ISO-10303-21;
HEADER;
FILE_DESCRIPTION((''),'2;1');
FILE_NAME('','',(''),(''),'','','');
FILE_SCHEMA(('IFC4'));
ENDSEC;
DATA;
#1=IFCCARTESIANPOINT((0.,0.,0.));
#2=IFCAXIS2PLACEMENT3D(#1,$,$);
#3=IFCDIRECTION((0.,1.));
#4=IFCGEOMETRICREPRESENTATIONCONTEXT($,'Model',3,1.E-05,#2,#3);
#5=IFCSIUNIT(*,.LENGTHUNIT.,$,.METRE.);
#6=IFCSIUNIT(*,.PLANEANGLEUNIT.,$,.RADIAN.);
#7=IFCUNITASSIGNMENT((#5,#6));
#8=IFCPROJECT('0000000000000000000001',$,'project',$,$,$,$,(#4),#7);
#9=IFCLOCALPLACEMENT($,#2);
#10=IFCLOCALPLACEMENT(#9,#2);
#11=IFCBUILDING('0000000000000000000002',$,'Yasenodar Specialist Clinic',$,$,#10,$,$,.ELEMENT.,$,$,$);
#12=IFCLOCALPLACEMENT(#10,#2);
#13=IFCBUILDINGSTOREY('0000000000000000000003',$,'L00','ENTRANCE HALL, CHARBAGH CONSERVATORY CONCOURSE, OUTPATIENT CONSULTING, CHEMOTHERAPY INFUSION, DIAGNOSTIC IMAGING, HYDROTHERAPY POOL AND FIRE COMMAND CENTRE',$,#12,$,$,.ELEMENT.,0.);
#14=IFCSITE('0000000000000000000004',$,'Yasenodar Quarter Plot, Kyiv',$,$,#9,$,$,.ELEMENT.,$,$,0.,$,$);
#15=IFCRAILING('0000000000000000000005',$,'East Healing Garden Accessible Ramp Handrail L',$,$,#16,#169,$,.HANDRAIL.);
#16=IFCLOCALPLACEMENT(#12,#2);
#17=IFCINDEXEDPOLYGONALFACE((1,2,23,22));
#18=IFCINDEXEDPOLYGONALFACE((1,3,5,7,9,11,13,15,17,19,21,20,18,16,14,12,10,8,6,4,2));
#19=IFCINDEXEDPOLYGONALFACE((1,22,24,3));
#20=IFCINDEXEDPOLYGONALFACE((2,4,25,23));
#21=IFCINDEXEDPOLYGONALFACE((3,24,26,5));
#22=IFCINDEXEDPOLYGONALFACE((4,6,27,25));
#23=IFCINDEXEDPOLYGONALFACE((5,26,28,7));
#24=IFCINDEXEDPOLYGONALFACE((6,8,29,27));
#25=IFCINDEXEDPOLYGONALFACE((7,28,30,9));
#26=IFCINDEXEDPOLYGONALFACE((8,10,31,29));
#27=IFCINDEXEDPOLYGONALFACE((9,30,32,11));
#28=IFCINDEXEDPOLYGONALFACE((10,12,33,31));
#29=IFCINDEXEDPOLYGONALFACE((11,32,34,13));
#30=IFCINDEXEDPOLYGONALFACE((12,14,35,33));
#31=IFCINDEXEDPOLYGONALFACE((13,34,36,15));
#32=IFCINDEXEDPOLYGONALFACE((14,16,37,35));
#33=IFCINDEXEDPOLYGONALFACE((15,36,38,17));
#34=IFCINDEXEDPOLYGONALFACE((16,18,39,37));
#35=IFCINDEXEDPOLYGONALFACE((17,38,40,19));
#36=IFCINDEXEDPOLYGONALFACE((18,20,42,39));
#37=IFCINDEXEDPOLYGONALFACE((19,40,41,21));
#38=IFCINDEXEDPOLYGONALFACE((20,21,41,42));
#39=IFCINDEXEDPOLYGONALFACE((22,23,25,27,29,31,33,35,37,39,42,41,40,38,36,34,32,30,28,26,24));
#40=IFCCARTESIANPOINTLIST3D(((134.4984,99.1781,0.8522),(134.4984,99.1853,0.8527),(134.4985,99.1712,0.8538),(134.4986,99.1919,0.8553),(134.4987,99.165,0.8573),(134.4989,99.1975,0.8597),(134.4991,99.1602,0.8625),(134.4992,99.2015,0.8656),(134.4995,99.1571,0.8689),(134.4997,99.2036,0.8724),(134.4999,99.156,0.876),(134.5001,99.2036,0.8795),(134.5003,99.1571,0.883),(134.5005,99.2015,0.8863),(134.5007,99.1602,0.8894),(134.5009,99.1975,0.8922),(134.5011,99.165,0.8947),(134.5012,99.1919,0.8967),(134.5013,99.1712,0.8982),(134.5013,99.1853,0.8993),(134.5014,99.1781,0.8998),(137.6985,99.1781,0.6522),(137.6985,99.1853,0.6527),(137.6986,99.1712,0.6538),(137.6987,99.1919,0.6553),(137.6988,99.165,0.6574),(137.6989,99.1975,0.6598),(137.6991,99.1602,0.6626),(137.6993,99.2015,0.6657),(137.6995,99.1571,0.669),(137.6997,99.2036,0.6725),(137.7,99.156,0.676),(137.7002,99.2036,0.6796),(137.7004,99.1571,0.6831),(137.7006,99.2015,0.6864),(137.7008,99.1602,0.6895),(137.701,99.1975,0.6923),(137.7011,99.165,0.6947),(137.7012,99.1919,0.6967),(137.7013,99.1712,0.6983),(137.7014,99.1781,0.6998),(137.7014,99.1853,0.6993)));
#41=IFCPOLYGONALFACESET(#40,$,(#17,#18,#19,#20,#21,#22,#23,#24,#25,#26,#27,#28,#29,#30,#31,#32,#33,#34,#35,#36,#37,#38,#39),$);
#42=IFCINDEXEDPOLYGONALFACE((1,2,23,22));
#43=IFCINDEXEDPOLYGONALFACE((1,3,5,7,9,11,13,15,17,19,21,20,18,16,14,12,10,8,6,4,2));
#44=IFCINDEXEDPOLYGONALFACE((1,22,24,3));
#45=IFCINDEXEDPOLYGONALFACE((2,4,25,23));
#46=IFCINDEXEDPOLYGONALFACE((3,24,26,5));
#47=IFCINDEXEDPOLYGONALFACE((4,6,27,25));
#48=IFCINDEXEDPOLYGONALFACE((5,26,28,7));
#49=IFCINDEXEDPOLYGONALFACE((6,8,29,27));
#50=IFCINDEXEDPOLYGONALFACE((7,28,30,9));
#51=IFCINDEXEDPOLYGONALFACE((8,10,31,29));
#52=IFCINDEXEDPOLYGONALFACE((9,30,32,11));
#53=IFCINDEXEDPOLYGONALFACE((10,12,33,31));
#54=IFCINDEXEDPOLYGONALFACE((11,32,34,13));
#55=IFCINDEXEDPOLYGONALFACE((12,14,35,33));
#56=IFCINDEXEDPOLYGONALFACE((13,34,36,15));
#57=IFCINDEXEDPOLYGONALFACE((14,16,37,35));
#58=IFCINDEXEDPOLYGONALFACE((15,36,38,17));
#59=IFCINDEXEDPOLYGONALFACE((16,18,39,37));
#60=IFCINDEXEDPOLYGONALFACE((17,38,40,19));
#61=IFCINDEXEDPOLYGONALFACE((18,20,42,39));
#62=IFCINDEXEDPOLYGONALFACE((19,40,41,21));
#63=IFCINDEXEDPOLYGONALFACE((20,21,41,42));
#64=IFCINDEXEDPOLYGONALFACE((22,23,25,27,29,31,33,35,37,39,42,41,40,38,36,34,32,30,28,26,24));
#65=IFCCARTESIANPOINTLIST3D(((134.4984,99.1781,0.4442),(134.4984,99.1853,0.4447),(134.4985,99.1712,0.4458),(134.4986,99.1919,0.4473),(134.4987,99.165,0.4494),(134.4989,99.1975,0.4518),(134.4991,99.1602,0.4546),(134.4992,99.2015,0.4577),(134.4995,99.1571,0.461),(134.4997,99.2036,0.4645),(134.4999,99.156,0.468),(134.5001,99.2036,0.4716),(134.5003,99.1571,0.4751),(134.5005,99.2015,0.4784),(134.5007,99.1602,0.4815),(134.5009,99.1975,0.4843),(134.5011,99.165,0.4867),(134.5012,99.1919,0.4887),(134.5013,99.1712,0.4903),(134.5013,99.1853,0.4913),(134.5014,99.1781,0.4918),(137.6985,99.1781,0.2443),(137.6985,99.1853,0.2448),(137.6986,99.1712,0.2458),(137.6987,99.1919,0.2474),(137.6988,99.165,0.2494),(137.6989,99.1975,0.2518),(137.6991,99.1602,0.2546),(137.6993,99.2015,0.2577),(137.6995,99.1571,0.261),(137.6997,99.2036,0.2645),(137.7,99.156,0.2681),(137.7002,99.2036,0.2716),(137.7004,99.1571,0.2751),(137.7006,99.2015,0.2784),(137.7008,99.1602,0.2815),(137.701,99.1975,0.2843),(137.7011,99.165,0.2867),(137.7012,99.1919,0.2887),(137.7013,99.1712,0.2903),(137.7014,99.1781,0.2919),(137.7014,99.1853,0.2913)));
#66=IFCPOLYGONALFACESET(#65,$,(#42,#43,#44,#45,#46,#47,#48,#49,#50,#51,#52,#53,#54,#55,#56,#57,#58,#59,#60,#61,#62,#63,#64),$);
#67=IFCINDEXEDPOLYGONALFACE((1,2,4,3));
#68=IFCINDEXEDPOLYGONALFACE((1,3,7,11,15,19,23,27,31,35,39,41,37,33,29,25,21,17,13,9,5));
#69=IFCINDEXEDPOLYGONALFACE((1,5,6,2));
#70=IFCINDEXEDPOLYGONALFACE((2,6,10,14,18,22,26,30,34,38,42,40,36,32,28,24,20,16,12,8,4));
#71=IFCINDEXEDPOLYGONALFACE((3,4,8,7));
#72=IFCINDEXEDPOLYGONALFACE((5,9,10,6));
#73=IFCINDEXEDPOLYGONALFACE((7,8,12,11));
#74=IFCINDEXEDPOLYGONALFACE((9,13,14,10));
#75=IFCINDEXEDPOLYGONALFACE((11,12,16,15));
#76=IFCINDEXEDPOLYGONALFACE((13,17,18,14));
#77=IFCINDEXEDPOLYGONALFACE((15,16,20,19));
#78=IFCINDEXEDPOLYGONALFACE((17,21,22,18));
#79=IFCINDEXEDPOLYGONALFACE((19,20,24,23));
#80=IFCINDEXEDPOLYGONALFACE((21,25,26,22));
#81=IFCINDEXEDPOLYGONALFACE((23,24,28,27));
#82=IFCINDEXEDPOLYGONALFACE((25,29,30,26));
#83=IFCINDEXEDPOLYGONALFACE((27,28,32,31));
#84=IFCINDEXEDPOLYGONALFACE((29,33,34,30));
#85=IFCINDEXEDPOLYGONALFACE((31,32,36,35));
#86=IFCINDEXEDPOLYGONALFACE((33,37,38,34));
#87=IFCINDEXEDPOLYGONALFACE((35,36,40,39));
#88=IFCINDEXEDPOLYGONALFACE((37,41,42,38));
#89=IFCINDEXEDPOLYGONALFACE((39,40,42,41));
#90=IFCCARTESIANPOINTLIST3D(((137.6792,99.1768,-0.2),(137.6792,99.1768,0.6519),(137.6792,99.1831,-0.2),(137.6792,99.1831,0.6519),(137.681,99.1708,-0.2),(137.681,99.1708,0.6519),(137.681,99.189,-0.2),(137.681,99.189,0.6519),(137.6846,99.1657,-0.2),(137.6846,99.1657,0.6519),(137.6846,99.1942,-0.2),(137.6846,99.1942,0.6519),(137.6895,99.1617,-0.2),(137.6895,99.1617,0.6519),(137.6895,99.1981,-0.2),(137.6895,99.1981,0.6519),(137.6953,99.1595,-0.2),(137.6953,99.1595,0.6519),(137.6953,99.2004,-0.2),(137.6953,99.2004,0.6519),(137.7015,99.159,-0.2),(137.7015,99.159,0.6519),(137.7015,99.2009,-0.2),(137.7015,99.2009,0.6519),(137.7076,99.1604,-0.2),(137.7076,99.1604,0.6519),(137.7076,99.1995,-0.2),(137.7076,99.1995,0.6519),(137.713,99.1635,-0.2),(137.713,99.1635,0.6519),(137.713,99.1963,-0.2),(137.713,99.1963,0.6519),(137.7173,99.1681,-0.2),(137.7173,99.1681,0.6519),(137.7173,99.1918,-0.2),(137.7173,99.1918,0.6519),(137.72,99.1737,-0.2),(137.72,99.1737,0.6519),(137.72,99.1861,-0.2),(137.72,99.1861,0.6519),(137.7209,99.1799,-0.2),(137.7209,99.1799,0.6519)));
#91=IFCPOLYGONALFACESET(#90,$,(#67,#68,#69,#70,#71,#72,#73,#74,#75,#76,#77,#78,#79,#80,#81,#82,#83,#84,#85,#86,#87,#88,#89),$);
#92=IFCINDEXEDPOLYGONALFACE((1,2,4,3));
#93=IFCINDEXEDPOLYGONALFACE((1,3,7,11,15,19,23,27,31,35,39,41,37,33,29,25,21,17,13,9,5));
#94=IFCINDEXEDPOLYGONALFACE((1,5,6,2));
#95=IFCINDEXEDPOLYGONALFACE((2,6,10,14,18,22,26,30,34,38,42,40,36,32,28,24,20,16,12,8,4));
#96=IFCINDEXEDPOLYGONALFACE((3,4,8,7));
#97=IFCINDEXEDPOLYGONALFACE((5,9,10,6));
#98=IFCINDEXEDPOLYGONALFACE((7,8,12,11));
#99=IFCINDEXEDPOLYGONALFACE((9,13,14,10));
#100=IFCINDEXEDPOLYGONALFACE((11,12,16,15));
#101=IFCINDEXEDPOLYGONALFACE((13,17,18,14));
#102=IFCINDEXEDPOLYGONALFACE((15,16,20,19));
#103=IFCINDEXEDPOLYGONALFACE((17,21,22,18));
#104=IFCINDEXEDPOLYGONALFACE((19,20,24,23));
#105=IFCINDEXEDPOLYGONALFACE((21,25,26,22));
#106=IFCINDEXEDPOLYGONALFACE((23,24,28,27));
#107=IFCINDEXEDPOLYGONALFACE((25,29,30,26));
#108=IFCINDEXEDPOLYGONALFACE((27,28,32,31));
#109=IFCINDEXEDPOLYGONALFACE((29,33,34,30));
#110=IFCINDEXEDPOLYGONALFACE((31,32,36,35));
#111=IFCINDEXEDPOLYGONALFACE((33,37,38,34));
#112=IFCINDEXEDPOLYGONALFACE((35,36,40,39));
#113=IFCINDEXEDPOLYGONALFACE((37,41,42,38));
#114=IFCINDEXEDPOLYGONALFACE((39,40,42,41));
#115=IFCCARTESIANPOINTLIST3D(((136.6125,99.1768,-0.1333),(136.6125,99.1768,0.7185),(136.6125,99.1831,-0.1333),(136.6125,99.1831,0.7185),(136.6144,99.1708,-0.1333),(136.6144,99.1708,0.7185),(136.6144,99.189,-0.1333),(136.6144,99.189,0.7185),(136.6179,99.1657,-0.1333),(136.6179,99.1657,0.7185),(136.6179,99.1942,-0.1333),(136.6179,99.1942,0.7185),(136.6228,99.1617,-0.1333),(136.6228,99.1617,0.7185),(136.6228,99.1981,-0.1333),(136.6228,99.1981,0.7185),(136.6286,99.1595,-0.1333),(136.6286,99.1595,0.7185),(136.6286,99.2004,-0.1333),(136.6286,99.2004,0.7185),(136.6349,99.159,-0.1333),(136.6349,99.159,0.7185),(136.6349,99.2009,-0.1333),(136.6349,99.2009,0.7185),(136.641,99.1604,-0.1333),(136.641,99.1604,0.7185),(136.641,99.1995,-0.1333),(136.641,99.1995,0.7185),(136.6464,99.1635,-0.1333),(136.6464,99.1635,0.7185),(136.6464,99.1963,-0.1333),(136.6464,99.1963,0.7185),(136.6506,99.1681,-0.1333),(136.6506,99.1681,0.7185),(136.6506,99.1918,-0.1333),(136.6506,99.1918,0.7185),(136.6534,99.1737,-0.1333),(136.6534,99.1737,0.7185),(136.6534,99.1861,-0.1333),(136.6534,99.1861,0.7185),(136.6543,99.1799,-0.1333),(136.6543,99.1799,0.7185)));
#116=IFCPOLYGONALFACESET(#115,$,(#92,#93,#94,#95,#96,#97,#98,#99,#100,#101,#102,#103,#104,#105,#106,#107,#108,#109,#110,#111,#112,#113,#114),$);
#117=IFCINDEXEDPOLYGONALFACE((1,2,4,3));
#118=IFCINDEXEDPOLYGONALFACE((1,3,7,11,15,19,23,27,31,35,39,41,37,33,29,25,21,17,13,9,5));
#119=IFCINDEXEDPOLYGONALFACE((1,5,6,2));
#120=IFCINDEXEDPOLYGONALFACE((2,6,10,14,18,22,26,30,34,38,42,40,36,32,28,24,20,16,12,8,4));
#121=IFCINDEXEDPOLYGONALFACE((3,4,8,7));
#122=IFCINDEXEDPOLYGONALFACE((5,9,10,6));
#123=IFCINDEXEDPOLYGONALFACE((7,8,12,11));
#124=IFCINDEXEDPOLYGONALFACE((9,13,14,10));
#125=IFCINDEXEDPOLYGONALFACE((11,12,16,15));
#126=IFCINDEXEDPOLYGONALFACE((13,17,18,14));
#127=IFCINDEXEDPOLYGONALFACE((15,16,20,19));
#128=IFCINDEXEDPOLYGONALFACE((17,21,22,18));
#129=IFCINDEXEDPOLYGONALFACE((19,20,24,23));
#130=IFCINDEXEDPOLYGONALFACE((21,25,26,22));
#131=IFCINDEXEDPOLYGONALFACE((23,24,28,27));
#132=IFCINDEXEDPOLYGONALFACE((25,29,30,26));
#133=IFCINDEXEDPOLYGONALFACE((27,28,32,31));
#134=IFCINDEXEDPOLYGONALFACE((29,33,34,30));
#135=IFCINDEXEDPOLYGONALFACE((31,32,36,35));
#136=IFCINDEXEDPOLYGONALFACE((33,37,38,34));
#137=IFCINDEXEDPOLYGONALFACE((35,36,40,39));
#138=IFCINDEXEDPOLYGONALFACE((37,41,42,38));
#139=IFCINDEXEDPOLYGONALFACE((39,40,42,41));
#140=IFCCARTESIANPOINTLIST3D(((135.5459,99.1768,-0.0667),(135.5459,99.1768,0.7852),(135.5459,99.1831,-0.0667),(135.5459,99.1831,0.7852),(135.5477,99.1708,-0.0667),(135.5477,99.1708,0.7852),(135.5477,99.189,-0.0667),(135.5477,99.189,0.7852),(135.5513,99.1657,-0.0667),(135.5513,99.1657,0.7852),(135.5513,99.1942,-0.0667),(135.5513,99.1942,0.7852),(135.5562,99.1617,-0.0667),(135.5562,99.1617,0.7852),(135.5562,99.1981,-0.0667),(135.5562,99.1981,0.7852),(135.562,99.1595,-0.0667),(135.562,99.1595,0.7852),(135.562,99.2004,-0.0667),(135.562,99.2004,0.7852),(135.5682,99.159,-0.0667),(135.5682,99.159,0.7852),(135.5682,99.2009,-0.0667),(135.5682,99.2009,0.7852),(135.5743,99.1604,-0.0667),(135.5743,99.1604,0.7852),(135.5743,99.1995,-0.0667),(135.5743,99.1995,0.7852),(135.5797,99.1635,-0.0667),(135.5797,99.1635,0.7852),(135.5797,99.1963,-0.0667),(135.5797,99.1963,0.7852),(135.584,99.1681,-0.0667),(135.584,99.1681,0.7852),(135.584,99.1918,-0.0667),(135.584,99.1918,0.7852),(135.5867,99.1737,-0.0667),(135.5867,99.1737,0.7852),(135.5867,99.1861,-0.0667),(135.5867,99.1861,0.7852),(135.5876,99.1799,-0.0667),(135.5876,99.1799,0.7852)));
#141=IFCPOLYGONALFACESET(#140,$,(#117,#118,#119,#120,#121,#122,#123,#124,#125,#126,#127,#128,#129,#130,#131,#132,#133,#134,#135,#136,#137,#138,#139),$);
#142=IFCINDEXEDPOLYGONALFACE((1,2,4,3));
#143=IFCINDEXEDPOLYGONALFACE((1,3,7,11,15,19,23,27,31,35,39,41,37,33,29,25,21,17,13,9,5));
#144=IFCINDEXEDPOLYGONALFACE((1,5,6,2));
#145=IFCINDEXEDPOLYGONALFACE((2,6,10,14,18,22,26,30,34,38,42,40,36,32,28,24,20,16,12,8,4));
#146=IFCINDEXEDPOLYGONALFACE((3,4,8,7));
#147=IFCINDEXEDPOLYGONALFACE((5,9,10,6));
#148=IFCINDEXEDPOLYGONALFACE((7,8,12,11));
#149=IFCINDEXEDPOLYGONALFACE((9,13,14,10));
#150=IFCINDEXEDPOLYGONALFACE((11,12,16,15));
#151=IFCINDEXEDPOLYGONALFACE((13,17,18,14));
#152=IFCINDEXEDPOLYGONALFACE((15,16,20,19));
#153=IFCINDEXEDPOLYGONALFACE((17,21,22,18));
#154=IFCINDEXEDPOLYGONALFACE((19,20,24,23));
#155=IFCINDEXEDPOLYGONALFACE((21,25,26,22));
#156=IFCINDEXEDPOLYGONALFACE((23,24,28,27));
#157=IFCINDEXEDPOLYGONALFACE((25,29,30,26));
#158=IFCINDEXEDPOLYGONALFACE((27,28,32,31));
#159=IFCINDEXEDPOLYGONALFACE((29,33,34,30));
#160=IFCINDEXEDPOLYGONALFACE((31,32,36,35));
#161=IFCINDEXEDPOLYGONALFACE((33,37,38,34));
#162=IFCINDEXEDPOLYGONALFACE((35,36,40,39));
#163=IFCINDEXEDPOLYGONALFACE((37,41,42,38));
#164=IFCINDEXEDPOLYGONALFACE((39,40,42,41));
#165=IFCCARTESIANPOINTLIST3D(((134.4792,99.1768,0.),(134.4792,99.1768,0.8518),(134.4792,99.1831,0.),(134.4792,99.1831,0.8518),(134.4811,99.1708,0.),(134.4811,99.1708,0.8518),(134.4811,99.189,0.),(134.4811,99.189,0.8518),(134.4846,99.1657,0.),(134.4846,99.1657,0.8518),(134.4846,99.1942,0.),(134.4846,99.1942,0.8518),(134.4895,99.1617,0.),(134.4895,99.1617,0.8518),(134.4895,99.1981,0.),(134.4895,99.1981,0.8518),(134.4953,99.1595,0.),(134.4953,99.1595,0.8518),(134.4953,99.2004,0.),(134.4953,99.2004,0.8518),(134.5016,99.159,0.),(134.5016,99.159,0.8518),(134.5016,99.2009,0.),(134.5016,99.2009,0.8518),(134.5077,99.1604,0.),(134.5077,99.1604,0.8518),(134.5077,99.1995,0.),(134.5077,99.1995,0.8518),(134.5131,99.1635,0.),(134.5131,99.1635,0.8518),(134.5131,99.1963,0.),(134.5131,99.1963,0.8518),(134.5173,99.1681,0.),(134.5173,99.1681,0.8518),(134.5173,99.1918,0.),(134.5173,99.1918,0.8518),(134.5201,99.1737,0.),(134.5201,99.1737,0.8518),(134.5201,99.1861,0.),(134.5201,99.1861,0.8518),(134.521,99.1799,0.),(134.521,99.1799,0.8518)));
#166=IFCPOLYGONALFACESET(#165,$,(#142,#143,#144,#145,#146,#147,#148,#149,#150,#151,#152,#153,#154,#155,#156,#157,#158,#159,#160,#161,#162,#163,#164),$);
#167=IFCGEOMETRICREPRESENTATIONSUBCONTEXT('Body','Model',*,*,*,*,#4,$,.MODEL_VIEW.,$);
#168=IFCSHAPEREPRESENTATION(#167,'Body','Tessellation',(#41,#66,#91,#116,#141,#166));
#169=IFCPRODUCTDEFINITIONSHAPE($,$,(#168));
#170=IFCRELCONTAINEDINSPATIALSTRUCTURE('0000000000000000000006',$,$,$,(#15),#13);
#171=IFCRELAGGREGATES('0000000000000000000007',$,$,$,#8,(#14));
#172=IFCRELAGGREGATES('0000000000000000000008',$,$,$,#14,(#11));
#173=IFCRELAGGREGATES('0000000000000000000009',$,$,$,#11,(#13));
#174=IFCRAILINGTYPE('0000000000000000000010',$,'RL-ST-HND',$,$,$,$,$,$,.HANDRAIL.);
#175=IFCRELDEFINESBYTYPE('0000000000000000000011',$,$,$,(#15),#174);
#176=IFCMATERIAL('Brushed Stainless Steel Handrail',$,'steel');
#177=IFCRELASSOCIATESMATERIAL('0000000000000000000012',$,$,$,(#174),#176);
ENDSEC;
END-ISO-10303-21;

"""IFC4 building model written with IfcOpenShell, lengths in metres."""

from ifc_helpers import new_model, si_unit, direction, frame, origin, origin_2d, place, context, subcontext, project, spatial, circle, extrude, material, type_object, element, save


model = new_model("IFC4")

# Units and contexts
model_context = context("Model", 3, precision=1e-05, world=origin(), true_north=direction((0.0, 1.0)))
body_context = subcontext(model_context, "Body", "Model", "MODEL_VIEW")
ifc_project = project(units=[si_unit("LENGTHUNIT", "METRE"), si_unit("PLANEANGLEUNIT", "RADIAN")], contexts=[model_context])

# Site, building, storey
site_placement = place(None, origin())
site = spatial("IfcSite", under=ifc_project, at=site_placement, Name="Yasenodar Quarter Plot, Kyiv", CompositionType="ELEMENT", RefElevation=0.0)
building_placement = place(site_placement, origin())
building = spatial("IfcBuilding", under=site, at=building_placement, Name="Yasenodar Specialist Clinic", CompositionType="ELEMENT")
storey_placement = place(building_placement, origin())
storey = spatial("IfcBuildingStorey", under=building, at=storey_placement, Name="L00", Description="ENTRANCE HALL, CHARBAGH CONSERVATORY CONCOURSE, OUTPATIENT CONSULTING, CHEMOTHERAPY INFUSION, DIAGNOSTIC IMAGING, HYDROTHERAPY POOL AND FIRE COMMAND CENTRE", CompositionType="ELEMENT", Elevation=0.0)

# Railing
ifc_material_1 = material(Name="Brushed Stainless Steel Handrail", Category="steel")
railing_type_1 = type_object("IfcRailingType", Name="RL-ST-HND", PredefinedType="HANDRAIL", material=ifc_material_1)
for number, where, name in (
    (1, (137.7, 99.1799, -0.2), "East Healing Garden Accessible Ramp Handrail L"),
):
    element("IfcRailing", number, at=place(storey_placement, frame(where)), inside=storey, type_object=railing_type_1, Name=name, PredefinedType="HANDRAIL", context=body_context, shape_type="SweptSolid", body=[
        extrude(circle(Radius=0.0239, at=origin_2d()), frame((0.0, 0.0, 0.876), z_axis=(-0.998053, 0.0, 0.062364), x_axis=(0.0, -1.0, 0.0)), (0.0, 0.0, 1.0), 3.2063),
        extrude(circle(Radius=0.0239, at=origin_2d()), frame((0.0, 0.0, 0.468), z_axis=(-0.998053, 0.0, 0.062364), x_axis=(0.0, -1.0, 0.0)), (0.0, 0.0, 1.0), 3.2063),
        extrude(circle(Radius=0.021, at=origin_2d()), origin(), (0.0, 0.0, 1.0), 0.8518),
        extrude(circle(Radius=0.021, at=origin_2d()), frame((-1.0667, 0.0, 0.0667)), (0.0, 0.0, 1.0), 0.8518),
        extrude(circle(Radius=0.021, at=origin_2d()), frame((-2.1333, 0.0, 0.1333)), (0.0, 0.0, 1.0), 0.8518),
        extrude(circle(Radius=0.021, at=origin_2d()), frame((-3.2, 0.0, 0.2)), (0.0, 0.0, 1.0), 0.8518),
    ])

save(model, "model.ifc")
